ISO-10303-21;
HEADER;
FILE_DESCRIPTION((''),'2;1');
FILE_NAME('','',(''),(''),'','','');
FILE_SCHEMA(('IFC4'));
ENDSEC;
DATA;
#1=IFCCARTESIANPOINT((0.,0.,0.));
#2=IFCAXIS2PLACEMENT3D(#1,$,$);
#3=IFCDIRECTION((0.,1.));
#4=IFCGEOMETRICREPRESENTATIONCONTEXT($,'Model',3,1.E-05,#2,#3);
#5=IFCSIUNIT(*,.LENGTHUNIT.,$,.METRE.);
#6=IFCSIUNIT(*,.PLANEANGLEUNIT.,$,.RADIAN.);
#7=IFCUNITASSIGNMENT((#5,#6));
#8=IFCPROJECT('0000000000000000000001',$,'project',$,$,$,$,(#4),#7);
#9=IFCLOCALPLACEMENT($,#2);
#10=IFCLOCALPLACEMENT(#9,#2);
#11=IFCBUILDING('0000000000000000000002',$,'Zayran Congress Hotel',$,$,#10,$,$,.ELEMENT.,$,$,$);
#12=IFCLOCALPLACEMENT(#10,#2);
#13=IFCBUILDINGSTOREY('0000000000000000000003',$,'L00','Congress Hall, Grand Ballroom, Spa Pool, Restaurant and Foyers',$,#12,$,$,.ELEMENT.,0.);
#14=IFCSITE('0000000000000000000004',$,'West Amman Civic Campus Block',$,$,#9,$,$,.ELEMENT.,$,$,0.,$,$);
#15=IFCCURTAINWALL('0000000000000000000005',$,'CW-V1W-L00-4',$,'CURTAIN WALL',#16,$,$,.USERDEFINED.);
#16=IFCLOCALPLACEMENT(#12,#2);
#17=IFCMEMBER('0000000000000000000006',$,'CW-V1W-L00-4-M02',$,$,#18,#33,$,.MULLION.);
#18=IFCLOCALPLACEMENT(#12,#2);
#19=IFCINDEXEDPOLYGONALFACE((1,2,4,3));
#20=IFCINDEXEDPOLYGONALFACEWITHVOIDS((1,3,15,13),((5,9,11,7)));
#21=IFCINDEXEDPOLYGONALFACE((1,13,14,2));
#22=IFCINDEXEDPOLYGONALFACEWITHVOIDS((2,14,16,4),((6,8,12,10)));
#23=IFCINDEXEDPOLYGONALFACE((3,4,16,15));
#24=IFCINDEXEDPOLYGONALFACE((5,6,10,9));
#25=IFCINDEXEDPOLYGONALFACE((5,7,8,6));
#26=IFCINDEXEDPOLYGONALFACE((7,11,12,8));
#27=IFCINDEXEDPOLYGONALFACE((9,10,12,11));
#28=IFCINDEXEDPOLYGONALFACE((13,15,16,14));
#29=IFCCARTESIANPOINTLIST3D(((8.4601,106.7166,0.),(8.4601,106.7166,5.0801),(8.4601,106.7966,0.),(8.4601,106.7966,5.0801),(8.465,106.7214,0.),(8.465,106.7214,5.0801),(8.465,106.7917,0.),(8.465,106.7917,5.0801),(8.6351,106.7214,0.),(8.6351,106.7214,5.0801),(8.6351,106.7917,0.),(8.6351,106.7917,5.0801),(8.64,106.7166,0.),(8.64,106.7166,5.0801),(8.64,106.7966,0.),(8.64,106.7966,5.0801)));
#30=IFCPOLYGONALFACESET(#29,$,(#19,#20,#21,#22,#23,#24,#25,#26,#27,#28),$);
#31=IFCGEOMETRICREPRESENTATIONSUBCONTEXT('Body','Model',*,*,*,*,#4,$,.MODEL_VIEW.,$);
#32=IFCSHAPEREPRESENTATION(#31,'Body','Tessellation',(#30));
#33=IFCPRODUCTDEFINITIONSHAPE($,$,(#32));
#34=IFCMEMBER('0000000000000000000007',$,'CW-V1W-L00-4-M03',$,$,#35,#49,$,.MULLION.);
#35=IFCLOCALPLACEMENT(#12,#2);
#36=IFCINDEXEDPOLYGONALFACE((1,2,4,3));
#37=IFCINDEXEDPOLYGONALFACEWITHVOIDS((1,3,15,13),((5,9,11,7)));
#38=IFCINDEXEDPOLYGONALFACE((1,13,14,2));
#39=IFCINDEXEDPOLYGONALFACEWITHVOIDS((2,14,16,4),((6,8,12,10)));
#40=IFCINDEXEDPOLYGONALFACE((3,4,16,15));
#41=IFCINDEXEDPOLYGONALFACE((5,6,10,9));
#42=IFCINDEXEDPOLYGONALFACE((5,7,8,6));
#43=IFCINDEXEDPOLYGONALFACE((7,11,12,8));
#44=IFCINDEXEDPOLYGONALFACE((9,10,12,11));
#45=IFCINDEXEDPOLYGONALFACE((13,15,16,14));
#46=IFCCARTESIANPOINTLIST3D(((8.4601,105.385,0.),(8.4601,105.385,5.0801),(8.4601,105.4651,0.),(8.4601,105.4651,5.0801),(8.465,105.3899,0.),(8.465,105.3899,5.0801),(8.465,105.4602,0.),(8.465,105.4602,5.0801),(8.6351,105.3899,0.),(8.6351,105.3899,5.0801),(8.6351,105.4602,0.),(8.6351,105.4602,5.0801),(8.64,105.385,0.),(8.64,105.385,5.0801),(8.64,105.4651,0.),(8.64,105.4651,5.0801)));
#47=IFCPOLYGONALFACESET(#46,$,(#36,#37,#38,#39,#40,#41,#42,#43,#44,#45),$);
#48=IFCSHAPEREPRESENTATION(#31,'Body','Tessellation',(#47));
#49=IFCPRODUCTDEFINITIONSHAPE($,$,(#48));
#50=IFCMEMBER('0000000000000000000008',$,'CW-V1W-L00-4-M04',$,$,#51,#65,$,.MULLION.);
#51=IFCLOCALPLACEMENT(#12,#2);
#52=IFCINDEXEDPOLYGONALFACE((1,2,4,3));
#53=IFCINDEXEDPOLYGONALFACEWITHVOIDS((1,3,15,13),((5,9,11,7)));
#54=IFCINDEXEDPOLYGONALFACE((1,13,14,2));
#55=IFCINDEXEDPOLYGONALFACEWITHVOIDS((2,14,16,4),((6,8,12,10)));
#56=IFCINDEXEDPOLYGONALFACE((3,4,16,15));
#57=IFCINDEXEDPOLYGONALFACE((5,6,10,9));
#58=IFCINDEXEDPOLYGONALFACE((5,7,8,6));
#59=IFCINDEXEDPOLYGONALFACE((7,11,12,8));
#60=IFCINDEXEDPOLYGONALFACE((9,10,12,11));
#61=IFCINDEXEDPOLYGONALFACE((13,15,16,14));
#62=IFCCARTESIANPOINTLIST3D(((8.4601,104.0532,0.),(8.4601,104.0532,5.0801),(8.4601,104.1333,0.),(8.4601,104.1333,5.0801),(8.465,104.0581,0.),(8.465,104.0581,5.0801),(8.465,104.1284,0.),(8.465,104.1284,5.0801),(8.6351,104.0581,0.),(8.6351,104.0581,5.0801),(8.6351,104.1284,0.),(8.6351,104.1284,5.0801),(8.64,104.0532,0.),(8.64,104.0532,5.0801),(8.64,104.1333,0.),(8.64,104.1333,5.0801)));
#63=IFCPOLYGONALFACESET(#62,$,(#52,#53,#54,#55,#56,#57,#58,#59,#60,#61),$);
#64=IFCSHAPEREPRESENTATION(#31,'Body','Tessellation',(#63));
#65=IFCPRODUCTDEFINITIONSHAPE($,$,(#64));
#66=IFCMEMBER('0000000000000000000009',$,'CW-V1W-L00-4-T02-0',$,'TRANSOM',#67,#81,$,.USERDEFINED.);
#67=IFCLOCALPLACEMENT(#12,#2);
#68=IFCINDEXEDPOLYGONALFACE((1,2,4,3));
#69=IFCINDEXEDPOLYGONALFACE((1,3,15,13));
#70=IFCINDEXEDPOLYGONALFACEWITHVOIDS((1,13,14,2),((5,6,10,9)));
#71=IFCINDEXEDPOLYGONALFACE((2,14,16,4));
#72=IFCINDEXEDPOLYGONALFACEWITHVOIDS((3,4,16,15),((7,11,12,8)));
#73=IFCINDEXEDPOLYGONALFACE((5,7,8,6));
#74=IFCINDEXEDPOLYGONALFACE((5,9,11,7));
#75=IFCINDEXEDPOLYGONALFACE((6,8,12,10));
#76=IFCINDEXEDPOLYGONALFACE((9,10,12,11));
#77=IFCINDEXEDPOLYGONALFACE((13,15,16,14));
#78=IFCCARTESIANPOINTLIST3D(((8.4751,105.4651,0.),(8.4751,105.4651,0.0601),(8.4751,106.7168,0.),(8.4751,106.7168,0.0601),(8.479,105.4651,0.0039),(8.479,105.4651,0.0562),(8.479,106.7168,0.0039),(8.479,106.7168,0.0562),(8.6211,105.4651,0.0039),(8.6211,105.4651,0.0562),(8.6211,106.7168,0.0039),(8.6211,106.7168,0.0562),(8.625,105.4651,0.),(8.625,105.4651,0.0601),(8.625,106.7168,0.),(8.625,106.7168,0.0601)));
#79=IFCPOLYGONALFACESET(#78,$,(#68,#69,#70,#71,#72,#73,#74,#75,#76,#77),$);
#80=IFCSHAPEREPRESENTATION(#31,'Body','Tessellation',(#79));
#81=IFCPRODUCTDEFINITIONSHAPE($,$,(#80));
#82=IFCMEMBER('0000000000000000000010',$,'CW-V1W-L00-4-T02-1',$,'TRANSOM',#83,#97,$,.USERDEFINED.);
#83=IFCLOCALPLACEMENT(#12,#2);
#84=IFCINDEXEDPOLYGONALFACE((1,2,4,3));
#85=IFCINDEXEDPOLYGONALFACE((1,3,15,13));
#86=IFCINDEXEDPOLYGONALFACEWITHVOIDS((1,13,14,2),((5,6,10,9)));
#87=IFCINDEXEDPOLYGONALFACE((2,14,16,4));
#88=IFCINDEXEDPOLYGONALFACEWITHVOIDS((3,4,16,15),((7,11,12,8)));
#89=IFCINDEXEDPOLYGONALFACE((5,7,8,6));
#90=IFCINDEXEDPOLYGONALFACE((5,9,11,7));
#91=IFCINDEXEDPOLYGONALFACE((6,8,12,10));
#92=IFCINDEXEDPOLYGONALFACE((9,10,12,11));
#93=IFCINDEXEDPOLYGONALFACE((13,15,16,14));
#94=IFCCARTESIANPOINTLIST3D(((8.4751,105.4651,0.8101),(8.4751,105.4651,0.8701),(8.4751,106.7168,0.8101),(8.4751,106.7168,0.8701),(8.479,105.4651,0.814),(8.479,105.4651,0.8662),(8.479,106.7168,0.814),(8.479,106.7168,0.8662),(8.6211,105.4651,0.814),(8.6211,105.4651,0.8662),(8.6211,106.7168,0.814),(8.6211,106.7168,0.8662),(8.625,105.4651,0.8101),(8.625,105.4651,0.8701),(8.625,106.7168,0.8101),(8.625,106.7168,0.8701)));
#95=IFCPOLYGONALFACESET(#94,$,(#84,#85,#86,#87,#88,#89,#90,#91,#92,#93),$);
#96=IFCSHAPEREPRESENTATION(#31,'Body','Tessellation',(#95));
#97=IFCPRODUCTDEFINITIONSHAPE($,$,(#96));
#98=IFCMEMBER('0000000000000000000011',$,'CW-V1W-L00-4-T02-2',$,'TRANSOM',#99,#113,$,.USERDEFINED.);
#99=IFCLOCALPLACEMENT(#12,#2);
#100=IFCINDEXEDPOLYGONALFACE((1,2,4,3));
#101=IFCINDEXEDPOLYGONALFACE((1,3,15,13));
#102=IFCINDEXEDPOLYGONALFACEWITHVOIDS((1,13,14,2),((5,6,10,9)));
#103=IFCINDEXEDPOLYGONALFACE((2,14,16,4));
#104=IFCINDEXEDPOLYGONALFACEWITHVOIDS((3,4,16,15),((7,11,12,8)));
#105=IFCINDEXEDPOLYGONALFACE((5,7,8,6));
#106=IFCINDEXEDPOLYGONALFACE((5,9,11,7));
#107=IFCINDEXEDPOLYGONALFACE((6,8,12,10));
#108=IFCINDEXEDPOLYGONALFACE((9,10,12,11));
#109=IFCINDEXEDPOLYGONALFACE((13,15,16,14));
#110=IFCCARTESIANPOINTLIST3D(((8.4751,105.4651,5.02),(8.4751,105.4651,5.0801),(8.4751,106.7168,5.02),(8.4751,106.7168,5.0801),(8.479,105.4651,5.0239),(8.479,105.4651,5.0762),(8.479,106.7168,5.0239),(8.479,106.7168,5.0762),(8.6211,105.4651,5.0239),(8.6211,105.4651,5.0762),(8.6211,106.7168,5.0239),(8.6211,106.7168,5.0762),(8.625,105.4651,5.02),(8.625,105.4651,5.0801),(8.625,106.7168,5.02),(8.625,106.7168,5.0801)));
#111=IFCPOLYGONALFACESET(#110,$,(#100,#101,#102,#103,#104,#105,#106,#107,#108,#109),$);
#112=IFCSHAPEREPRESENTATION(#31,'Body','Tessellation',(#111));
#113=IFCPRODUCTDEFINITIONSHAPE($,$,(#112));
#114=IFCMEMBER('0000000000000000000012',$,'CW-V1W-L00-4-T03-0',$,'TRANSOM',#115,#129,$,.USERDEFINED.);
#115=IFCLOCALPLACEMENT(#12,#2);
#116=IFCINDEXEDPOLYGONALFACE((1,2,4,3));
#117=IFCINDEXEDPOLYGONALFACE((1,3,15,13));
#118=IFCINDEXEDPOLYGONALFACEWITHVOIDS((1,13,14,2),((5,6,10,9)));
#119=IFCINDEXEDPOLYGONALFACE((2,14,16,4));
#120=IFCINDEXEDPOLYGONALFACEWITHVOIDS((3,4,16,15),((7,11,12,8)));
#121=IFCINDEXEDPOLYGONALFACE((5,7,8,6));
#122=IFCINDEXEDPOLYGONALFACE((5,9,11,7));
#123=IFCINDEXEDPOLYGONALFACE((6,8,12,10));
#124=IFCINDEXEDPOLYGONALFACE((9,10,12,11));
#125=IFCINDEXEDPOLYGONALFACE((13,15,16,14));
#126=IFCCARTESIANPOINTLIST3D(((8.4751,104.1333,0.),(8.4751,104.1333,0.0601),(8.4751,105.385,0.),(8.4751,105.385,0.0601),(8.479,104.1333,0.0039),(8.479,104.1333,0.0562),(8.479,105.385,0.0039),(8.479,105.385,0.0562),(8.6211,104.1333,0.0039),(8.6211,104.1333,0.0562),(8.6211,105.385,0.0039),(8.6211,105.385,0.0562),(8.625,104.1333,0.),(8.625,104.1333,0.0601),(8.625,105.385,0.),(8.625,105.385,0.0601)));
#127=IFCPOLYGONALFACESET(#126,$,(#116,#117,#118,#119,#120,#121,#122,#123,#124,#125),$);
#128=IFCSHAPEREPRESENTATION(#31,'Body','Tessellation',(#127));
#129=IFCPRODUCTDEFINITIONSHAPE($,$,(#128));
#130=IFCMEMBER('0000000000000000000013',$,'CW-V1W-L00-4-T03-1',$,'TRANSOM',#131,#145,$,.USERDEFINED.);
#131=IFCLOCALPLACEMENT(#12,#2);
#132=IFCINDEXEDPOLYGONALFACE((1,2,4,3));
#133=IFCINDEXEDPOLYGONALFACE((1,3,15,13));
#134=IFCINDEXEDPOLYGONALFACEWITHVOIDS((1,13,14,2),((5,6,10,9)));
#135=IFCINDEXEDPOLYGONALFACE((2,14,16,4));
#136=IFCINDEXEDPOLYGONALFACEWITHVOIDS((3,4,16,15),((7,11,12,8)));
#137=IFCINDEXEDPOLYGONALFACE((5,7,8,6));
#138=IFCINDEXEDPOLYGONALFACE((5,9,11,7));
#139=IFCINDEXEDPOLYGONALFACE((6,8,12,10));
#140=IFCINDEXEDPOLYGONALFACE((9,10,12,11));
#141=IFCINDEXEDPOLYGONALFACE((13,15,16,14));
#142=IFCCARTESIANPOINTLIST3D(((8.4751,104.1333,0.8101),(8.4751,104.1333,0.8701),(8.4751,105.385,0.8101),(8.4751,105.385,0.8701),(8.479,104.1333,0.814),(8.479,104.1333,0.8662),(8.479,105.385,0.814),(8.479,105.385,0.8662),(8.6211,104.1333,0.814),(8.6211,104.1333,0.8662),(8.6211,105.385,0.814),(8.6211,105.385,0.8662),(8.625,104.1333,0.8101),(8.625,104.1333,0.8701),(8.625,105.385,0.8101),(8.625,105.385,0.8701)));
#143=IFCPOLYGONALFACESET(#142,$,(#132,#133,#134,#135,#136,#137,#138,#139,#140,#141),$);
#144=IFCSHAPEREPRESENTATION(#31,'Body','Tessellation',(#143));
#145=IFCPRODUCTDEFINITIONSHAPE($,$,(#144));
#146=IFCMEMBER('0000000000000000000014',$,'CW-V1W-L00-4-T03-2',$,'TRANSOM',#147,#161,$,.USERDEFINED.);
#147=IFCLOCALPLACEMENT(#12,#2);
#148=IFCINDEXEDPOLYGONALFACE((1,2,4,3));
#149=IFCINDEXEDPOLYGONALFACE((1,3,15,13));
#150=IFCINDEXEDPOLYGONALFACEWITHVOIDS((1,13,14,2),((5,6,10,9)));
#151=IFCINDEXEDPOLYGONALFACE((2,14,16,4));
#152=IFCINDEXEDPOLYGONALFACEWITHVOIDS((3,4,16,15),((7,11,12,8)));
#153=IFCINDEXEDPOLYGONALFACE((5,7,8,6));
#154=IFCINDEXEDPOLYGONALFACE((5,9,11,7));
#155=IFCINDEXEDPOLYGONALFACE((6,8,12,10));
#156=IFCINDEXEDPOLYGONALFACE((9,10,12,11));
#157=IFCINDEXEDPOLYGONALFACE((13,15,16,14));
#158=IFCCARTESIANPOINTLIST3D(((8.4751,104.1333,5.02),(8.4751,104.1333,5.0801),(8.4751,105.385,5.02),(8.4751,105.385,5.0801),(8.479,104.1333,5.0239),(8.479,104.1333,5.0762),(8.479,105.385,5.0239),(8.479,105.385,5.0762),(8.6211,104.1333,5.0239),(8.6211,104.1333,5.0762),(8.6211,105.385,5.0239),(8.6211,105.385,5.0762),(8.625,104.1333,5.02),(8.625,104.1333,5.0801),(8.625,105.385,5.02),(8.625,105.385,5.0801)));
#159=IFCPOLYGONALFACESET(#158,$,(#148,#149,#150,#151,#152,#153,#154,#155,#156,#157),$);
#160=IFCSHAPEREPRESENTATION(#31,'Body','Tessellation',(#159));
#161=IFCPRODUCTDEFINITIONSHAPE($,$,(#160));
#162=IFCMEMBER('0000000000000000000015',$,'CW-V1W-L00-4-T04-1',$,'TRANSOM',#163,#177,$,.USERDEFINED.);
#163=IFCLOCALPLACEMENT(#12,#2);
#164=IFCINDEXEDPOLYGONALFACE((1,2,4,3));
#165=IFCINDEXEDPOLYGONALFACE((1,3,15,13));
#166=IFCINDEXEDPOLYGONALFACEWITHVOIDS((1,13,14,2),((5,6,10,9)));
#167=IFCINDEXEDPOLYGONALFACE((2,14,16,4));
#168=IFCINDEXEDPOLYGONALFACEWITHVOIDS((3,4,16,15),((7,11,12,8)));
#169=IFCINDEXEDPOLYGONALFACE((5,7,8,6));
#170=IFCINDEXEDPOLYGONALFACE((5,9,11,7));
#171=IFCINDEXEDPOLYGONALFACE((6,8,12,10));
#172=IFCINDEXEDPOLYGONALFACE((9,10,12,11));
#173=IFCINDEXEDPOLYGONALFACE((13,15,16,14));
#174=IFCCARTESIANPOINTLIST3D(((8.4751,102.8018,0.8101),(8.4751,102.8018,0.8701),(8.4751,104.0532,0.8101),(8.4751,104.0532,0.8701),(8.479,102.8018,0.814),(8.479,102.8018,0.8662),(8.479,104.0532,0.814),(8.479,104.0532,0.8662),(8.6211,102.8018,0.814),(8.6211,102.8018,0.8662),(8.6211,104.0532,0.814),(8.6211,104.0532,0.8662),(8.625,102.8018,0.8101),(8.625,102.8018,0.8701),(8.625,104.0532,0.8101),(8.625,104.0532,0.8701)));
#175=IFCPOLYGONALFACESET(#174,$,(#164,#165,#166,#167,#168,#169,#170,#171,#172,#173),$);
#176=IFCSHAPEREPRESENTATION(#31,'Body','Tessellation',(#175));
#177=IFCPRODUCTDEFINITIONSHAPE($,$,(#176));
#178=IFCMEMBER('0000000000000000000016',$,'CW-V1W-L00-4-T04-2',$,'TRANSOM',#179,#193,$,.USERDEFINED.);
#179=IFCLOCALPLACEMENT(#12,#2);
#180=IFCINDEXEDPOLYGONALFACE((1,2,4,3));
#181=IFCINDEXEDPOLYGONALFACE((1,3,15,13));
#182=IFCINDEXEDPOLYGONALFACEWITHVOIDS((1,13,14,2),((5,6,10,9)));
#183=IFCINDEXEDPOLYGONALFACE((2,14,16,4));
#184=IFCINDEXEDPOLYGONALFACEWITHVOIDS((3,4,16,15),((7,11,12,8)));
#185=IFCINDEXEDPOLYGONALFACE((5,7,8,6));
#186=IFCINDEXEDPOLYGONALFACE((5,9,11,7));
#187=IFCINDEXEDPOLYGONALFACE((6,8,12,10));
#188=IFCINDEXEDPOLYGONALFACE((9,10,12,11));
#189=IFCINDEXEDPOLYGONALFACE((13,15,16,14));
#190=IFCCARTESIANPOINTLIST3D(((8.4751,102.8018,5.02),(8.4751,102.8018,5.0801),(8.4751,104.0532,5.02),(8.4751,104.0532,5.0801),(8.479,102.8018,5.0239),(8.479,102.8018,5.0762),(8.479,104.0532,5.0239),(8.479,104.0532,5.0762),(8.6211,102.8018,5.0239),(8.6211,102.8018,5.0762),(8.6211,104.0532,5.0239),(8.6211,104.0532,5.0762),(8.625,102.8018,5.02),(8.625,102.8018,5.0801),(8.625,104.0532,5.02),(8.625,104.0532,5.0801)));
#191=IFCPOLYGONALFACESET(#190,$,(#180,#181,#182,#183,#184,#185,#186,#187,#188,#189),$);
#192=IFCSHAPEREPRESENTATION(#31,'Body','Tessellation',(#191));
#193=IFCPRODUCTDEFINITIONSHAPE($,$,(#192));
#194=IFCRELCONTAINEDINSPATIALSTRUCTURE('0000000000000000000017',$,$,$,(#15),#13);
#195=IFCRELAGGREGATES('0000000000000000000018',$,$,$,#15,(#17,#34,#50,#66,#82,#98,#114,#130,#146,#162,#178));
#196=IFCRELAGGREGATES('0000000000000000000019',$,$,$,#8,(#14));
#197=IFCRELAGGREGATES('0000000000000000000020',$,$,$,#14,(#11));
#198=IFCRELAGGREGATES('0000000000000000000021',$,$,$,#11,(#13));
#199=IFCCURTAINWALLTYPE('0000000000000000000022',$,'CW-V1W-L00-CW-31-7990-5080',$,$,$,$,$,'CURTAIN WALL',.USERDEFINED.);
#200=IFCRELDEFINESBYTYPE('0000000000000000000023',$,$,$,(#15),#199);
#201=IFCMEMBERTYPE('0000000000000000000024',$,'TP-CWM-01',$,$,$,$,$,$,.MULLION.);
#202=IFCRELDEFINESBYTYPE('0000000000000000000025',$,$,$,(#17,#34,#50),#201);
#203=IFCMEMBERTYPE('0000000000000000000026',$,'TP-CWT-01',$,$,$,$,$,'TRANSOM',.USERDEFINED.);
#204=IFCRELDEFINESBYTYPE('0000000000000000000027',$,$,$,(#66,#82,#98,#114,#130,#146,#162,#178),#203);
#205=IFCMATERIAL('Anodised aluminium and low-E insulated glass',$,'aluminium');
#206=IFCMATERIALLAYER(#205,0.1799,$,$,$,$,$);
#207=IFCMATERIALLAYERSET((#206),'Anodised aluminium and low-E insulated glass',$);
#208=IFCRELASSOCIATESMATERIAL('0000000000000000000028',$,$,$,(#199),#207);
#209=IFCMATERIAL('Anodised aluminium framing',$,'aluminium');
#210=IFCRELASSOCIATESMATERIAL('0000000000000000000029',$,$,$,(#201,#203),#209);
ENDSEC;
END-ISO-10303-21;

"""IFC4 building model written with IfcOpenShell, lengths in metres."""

from ifc_helpers import new_model, si_unit, direction, frame, origin, origin_2d, place, context, subcontext, project, spatial, hollow_rectangle, extrude, material, layer, layer_set, material_profile, profile_set, type_object, element, aggregate, save


model = new_model("IFC4")

# Units and contexts
model_context = context("Model", 3, precision=1e-05, world=origin(), true_north=direction((0.0, 1.0)))
body_context = subcontext(model_context, "Body", "Model", "MODEL_VIEW")
ifc_project = project(units=[si_unit("LENGTHUNIT", "METRE"), si_unit("PLANEANGLEUNIT", "RADIAN")], contexts=[model_context])

# Site, building, storey
site_placement = place(None, origin())
site = spatial("IfcSite", under=ifc_project, at=site_placement, Name="West Amman Civic Campus Block", CompositionType="ELEMENT", RefElevation=0.0)
building_placement = place(site_placement, origin())
building = spatial("IfcBuilding", under=site, at=building_placement, Name="Zayran Congress Hotel", CompositionType="ELEMENT")
storey_placement = place(building_placement, origin())
storey = spatial("IfcBuildingStorey", under=building, at=storey_placement, Name="L00", Description="Congress Hall, Grand Ballroom, Spa Pool, Restaurant and Foyers", CompositionType="ELEMENT", Elevation=0.0)

# Curtain wall, members
ifc_material_1 = material(Name="Anodised aluminium and low-E insulated glass", Category="aluminium")
ifc_layer_1 = layer(ifc_material_1, 0.1799)
ifc_layer_set_1 = layer_set([ifc_layer_1], Name="Anodised aluminium and low-E insulated glass")
curtain_wall_type_1 = type_object("IfcCurtainWallType", Name="CW-V1W-L00-CW-31-7990-5080", ElementType="CURTAIN WALL", PredefinedType="USERDEFINED", material=ifc_layer_set_1)
curtain_wall_1_placement = place(storey_placement, origin())
curtain_wall_1 = element("IfcCurtainWall", 1, at=curtain_wall_1_placement, inside=storey, type_object=curtain_wall_type_1, Name="CW-V1W-L00-4", ObjectType="CURTAIN WALL", PredefinedType="USERDEFINED")
ifc_material_2 = material(Name="Anodised aluminium framing", Category="aluminium")
ifc_material_profile_1 = material_profile(ifc_material_2, hollow_rectangle(XDim=0.0801, YDim=0.1799, WallThickness=0.0049, at=origin_2d()), Name="RHS 180x80x5")
ifc_profile_set_1 = profile_set([ifc_material_profile_1], Name="Anodised aluminium framing")
member_type_1 = type_object("IfcMemberType", Name="TP-CWM-01", PredefinedType="MULLION", material=ifc_profile_set_1)
member_1_placement = place(storey_placement, frame((8.55, 106.7566, 0.0), z_axis=(0.0, 0.0, 1.0), x_axis=(0.0, 1.0, 0.0)))
member_1 = element("IfcMember", 2, at=member_1_placement, type_object=member_type_1, Name="CW-V1W-L00-4-M02", PredefinedType="MULLION", context=body_context, shape_type="SweptSolid", body=[
    extrude(hollow_rectangle(XDim=0.0801, YDim=0.1799, WallThickness=0.0049, at=origin_2d()), origin(), (0.0, 0.0, 1.0), 5.0801),
])
member_2_placement = place(storey_placement, frame((8.55, 105.425, 0.0), z_axis=(0.0, 0.0, 1.0), x_axis=(0.0, 1.0, 0.0)))
member_2 = element("IfcMember", 3, at=member_2_placement, type_object=member_type_1, Name="CW-V1W-L00-4-M03", PredefinedType="MULLION", context=body_context, shape_type="SweptSolid", body=[
    extrude(hollow_rectangle(XDim=0.0801, YDim=0.1799, WallThickness=0.0049, at=origin_2d()), origin(), (0.0, 0.0, 1.0), 5.0801),
])
member_3_placement = place(storey_placement, frame((8.55, 104.0933, 0.0), z_axis=(0.0, 0.0, 1.0), x_axis=(0.0, 1.0, 0.0)))
member_3 = element("IfcMember", 4, at=member_3_placement, type_object=member_type_1, Name="CW-V1W-L00-4-M04", PredefinedType="MULLION", context=body_context, shape_type="SweptSolid", body=[
    extrude(hollow_rectangle(XDim=0.0801, YDim=0.1799, WallThickness=0.0049, at=origin_2d()), origin(), (0.0, 0.0, 1.0), 5.0801),
])
ifc_material_profile_2 = material_profile(ifc_material_2, hollow_rectangle(XDim=0.0601, YDim=0.1499, WallThickness=0.0039, at=origin_2d()), Name="RHS 150x60x4")
ifc_profile_set_2 = profile_set([ifc_material_profile_2], Name="Anodised aluminium framing")
member_type_2 = type_object("IfcMemberType", Name="TP-CWT-01", ElementType="TRANSOM", PredefinedType="USERDEFINED", material=ifc_profile_set_2)
member_4_placement = place(storey_placement, frame((8.55, 106.7168, 0.03), z_axis=(0.0, -1.0, 0.0), x_axis=(0.0, 0.0, 1.0)))
member_4 = element("IfcMember", 5, at=member_4_placement, type_object=member_type_2, Name="CW-V1W-L00-4-T02-0", ObjectType="TRANSOM", PredefinedType="USERDEFINED", context=body_context, shape_type="SweptSolid", body=[
    extrude(hollow_rectangle(XDim=0.0601, YDim=0.1499, WallThickness=0.0039, at=origin_2d()), origin(), (0.0, 0.0, 1.0), 1.2517),
])
member_5_placement = place(storey_placement, frame((8.55, 106.7168, 0.8401), z_axis=(0.0, -1.0, 0.0), x_axis=(0.0, 0.0, 1.0)))
member_5 = element("IfcMember", 6, at=member_5_placement, type_object=member_type_2, Name="CW-V1W-L00-4-T02-1", ObjectType="TRANSOM", PredefinedType="USERDEFINED", context=body_context, shape_type="SweptSolid", body=[
    extrude(hollow_rectangle(XDim=0.0601, YDim=0.1499, WallThickness=0.0039, at=origin_2d()), origin(), (0.0, 0.0, 1.0), 1.2517),
])
member_6_placement = place(storey_placement, frame((8.55, 106.7168, 5.05), z_axis=(0.0, -1.0, 0.0), x_axis=(0.0, 0.0, 1.0)))
member_6 = element("IfcMember", 7, at=member_6_placement, type_object=member_type_2, Name="CW-V1W-L00-4-T02-2", ObjectType="TRANSOM", PredefinedType="USERDEFINED", context=body_context, shape_type="SweptSolid", body=[
    extrude(hollow_rectangle(XDim=0.0601, YDim=0.1499, WallThickness=0.0039, at=origin_2d()), origin(), (0.0, 0.0, 1.0), 1.2517),
])
member_7_placement = place(storey_placement, frame((8.55, 105.385, 0.03), z_axis=(0.0, -1.0, 0.0), x_axis=(0.0, 0.0, 1.0)))
member_7 = element("IfcMember", 8, at=member_7_placement, type_object=member_type_2, Name="CW-V1W-L00-4-T03-0", ObjectType="TRANSOM", PredefinedType="USERDEFINED", context=body_context, shape_type="SweptSolid", body=[
    extrude(hollow_rectangle(XDim=0.0601, YDim=0.1499, WallThickness=0.0039, at=origin_2d()), origin(), (0.0, 0.0, 1.0), 1.2517),
])
member_8_placement = place(storey_placement, frame((8.55, 105.385, 0.8401), z_axis=(0.0, -1.0, 0.0), x_axis=(0.0, 0.0, 1.0)))
member_8 = element("IfcMember", 9, at=member_8_placement, type_object=member_type_2, Name="CW-V1W-L00-4-T03-1", ObjectType="TRANSOM", PredefinedType="USERDEFINED", context=body_context, shape_type="SweptSolid", body=[
    extrude(hollow_rectangle(XDim=0.0601, YDim=0.1499, WallThickness=0.0039, at=origin_2d()), origin(), (0.0, 0.0, 1.0), 1.2517),
])
member_9_placement = place(storey_placement, frame((8.55, 105.385, 5.05), z_axis=(0.0, -1.0, 0.0), x_axis=(0.0, 0.0, 1.0)))
member_9 = element("IfcMember", 10, at=member_9_placement, type_object=member_type_2, Name="CW-V1W-L00-4-T03-2", ObjectType="TRANSOM", PredefinedType="USERDEFINED", context=body_context, shape_type="SweptSolid", body=[
    extrude(hollow_rectangle(XDim=0.0601, YDim=0.1499, WallThickness=0.0039, at=origin_2d()), origin(), (0.0, 0.0, 1.0), 1.2517),
])
member_10_placement = place(storey_placement, frame((8.55, 104.0532, 0.8401), z_axis=(0.0, -1.0, 0.0), x_axis=(0.0, 0.0, 1.0)))
member_10 = element("IfcMember", 11, at=member_10_placement, type_object=member_type_2, Name="CW-V1W-L00-4-T04-1", ObjectType="TRANSOM", PredefinedType="USERDEFINED", context=body_context, shape_type="SweptSolid", body=[
    extrude(hollow_rectangle(XDim=0.0601, YDim=0.1499, WallThickness=0.0039, at=origin_2d()), origin(), (0.0, 0.0, 1.0), 1.2515),
])
member_11_placement = place(storey_placement, frame((8.55, 104.0532, 5.05), z_axis=(0.0, -1.0, 0.0), x_axis=(0.0, 0.0, 1.0)))
member_11 = element("IfcMember", 12, at=member_11_placement, type_object=member_type_2, Name="CW-V1W-L00-4-T04-2", ObjectType="TRANSOM", PredefinedType="USERDEFINED", context=body_context, shape_type="SweptSolid", body=[
    extrude(hollow_rectangle(XDim=0.0601, YDim=0.1499, WallThickness=0.0039, at=origin_2d()), origin(), (0.0, 0.0, 1.0), 1.2515),
])

aggregate(curtain_wall_1, [member_1, member_2, member_3, member_4, member_5, member_6, member_7, member_8, member_9, member_10, member_11])

save(model, "model.ifc")
